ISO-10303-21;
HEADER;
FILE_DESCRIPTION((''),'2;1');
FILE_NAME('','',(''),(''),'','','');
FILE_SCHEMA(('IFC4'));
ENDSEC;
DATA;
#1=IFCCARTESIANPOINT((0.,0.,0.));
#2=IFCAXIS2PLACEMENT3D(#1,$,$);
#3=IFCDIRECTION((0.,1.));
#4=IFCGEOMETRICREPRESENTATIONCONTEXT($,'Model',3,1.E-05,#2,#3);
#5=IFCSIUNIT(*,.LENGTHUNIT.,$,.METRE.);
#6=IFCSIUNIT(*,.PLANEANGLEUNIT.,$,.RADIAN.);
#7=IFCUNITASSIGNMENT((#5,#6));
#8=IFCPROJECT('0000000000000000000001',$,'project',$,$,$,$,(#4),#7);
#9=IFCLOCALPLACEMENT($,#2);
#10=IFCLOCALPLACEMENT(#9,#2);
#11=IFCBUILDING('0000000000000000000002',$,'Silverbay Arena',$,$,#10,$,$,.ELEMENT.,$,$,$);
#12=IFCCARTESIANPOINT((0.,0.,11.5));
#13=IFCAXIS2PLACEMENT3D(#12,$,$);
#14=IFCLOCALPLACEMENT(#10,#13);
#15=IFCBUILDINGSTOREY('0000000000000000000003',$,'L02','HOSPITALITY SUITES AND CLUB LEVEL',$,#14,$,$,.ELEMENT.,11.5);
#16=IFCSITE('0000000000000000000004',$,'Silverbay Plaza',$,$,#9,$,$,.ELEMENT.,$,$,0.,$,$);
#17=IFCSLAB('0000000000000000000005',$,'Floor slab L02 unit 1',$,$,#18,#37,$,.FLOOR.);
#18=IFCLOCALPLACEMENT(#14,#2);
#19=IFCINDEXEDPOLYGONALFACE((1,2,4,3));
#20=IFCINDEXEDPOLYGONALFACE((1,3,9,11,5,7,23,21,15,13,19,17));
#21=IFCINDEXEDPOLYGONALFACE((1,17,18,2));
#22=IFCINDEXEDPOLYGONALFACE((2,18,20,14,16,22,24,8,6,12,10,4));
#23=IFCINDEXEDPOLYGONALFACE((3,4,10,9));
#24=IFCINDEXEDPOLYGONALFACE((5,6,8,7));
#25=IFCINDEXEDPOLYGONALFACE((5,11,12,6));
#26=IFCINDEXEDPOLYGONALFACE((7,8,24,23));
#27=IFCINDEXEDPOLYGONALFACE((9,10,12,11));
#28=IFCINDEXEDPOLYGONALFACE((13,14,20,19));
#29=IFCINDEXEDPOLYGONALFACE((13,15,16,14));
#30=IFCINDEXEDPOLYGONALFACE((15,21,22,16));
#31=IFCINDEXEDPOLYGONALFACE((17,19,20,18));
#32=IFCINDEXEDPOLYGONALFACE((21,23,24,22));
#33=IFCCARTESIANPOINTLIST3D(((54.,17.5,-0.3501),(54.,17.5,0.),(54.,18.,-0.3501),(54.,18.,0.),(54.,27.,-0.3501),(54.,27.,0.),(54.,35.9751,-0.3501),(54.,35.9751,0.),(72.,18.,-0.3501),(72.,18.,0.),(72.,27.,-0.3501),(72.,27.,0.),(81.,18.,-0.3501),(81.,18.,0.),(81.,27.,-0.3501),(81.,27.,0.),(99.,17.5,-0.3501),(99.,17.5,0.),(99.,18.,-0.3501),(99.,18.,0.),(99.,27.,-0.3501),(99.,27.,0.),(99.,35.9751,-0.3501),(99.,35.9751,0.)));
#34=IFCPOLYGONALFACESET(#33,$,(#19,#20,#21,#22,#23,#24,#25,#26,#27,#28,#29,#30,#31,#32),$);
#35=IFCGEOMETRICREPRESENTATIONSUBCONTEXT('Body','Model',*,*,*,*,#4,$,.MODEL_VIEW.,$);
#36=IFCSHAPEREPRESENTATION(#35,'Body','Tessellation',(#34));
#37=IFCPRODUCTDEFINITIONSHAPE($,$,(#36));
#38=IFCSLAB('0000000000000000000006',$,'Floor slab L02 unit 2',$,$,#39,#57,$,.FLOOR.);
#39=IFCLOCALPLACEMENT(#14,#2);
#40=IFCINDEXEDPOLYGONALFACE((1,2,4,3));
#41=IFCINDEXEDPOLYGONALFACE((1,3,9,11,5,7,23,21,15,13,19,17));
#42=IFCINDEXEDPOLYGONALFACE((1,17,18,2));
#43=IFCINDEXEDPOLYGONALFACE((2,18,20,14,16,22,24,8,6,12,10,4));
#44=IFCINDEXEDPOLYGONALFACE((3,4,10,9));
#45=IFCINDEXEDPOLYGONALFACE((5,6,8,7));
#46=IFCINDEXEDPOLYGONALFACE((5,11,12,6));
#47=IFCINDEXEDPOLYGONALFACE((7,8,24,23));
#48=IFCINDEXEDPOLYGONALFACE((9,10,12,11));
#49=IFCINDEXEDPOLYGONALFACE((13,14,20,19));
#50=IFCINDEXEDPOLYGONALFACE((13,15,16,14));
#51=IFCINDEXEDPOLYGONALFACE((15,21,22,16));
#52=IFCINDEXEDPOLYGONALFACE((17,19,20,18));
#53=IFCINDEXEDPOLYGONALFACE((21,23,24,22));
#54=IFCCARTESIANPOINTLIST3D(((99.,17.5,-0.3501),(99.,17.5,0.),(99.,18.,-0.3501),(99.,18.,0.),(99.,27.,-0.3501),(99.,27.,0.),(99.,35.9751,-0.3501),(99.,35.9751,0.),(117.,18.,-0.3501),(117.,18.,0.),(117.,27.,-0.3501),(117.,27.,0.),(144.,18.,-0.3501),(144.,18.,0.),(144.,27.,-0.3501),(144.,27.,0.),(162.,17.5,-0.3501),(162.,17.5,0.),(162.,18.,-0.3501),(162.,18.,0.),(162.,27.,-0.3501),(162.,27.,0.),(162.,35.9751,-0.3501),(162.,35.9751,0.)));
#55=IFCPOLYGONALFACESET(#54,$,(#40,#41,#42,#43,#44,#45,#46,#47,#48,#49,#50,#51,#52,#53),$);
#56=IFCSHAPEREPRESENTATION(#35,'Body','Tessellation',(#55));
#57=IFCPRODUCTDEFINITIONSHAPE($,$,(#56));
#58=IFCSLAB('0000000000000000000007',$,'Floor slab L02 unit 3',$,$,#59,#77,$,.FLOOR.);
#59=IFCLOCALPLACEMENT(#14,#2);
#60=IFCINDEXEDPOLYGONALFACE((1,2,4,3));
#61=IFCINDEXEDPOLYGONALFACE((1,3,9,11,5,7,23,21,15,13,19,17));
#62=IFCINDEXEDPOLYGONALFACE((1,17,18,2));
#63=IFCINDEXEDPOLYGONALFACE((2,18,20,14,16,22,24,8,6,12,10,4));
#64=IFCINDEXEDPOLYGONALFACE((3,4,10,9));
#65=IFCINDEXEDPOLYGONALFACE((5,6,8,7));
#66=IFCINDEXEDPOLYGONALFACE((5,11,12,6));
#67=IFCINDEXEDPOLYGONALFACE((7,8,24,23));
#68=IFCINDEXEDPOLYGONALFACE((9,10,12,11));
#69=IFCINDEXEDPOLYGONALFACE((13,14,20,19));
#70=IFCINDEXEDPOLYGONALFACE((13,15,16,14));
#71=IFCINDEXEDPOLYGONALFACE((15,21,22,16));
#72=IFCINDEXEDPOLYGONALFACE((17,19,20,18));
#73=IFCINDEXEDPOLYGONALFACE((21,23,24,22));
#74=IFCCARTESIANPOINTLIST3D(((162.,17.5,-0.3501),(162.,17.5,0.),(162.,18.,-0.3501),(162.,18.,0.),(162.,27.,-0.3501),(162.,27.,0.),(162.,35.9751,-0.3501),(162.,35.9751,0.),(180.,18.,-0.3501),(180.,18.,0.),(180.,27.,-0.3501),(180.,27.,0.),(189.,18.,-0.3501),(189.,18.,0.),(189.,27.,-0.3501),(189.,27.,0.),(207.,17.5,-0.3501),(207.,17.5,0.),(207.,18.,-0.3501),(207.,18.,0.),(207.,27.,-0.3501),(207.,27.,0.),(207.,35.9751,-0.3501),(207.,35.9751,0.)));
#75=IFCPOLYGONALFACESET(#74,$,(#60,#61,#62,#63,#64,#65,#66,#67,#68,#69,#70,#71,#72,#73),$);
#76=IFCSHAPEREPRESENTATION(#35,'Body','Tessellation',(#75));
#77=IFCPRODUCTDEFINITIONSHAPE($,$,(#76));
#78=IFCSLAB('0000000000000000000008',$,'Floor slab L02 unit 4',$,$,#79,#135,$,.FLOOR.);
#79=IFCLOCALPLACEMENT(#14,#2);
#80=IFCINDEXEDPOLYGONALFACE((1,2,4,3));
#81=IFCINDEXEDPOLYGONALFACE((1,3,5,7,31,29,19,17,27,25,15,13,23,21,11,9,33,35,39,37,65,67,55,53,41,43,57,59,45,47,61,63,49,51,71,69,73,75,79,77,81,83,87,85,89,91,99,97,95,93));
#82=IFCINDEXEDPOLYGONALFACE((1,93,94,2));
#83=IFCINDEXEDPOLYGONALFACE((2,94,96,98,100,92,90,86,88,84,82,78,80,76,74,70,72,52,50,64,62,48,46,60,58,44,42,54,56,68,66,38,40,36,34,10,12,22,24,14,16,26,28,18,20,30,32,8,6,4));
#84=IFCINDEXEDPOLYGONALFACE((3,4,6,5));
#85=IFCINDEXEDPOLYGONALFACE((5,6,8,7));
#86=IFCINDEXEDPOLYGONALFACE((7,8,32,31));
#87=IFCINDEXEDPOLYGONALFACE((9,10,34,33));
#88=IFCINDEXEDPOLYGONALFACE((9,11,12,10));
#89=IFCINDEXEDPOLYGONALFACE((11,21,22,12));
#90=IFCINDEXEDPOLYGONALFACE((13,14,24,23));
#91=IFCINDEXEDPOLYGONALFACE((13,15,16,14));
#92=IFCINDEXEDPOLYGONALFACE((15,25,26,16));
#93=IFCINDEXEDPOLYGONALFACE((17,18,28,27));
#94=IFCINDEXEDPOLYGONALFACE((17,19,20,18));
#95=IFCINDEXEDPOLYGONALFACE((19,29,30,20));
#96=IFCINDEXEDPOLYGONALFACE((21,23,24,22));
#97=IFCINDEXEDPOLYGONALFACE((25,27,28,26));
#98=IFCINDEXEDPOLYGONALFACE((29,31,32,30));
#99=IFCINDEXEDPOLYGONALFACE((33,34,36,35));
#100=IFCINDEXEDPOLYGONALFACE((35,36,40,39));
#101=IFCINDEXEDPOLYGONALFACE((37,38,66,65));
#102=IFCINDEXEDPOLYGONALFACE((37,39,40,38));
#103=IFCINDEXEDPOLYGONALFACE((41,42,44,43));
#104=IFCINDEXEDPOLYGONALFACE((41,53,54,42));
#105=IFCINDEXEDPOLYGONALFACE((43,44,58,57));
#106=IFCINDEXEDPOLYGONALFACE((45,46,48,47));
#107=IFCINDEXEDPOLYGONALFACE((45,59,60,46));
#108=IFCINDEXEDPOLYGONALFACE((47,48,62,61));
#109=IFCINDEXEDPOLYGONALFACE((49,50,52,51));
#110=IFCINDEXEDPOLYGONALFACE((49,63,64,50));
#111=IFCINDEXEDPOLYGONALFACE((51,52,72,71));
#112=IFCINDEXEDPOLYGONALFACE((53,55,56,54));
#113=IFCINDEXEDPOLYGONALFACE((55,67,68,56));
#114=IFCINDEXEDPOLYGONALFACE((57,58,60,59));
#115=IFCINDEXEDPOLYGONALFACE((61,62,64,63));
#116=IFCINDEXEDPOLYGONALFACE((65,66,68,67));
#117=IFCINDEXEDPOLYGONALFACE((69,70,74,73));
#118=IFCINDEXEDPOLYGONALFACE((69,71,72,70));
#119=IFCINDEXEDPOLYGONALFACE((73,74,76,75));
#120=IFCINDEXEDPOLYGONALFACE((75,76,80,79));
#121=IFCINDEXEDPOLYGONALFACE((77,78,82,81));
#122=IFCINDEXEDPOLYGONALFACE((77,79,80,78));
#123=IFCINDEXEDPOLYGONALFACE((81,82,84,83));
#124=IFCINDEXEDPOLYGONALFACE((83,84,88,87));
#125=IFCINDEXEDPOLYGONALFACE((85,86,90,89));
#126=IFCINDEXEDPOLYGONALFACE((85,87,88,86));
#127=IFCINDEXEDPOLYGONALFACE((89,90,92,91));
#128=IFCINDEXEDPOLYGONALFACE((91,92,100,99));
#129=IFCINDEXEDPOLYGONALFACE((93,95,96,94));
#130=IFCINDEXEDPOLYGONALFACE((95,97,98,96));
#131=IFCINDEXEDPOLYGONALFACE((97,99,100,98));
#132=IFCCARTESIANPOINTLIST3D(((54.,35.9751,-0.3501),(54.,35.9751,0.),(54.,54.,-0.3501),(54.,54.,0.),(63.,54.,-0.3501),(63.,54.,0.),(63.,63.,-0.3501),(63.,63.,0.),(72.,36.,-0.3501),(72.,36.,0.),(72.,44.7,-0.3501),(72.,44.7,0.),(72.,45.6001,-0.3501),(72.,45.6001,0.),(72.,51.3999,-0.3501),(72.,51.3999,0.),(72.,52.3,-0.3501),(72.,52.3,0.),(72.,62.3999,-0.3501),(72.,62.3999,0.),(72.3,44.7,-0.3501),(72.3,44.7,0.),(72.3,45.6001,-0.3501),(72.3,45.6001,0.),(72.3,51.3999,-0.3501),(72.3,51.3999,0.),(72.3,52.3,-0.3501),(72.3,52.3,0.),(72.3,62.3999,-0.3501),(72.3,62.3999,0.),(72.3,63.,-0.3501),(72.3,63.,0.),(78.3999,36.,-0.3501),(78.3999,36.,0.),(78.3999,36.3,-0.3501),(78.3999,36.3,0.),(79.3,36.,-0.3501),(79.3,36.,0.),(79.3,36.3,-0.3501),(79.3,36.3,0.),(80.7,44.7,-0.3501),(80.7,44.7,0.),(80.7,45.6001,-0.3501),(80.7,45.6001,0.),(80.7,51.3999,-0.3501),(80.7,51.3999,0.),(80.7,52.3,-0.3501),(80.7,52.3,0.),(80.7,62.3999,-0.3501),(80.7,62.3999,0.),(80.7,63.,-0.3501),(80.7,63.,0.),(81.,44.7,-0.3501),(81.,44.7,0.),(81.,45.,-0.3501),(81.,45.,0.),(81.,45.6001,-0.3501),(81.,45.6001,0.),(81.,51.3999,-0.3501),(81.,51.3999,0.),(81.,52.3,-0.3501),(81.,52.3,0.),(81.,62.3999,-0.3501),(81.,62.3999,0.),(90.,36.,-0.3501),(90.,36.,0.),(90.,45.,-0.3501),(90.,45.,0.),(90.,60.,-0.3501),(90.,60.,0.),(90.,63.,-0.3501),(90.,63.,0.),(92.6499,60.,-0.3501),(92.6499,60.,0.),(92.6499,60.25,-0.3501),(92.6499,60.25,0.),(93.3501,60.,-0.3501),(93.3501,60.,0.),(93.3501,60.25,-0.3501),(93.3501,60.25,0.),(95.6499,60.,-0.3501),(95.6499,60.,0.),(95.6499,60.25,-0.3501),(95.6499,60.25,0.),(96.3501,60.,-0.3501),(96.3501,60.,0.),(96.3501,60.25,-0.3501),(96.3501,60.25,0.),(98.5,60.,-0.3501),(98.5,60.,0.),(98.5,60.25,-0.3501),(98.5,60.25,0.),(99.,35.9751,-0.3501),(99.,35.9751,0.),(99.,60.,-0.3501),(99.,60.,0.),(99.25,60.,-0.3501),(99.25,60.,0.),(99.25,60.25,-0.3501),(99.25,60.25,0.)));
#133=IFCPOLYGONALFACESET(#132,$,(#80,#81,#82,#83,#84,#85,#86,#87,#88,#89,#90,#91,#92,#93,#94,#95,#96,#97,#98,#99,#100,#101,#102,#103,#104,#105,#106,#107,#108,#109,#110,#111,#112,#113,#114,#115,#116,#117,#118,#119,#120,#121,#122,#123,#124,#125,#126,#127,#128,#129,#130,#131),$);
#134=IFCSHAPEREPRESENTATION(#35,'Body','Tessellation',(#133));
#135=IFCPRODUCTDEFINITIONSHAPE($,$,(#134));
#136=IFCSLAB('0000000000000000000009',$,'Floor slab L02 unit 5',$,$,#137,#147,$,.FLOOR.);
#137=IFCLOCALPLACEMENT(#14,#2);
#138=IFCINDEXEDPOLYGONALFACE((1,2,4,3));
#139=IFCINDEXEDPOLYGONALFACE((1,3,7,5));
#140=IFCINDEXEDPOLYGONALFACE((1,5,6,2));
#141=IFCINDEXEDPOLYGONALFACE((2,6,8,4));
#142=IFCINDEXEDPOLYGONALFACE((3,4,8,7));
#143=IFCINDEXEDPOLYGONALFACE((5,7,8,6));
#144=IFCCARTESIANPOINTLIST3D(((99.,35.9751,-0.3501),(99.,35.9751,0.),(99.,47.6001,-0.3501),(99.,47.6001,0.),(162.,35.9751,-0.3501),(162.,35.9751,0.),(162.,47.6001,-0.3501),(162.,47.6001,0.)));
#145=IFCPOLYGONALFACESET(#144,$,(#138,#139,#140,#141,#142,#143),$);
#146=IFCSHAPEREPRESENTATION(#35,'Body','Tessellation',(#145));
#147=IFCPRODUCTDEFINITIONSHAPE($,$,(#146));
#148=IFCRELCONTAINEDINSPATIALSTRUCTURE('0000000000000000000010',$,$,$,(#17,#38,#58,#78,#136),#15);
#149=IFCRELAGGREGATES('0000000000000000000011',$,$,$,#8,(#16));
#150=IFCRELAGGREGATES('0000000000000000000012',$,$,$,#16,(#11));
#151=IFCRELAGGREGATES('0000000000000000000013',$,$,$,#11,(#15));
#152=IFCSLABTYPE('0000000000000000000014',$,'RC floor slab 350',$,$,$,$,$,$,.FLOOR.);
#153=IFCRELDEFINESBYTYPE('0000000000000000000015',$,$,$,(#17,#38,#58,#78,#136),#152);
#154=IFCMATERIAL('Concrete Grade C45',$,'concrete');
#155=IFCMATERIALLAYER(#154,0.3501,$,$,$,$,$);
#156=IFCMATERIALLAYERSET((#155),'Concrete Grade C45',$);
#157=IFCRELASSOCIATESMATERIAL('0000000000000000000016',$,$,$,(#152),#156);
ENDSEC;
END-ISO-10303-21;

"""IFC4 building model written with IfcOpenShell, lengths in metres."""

from ifc_helpers import new_model, si_unit, direction, frame, origin, place, context, subcontext, project, spatial, polyline, outline, extrude, material, layer, layer_set, type_object, element, save


model = new_model("IFC4")

# Units and contexts
model_context = context("Model", 3, precision=1e-05, world=origin(), true_north=direction((0.0, 1.0)))
body_context = subcontext(model_context, "Body", "Model", "MODEL_VIEW")
ifc_project = project(units=[si_unit("LENGTHUNIT", "METRE"), si_unit("PLANEANGLEUNIT", "RADIAN")], contexts=[model_context])

# Site, building, storey
site_placement = place(None, origin())
site = spatial("IfcSite", under=ifc_project, at=site_placement, Name="Silverbay Plaza", CompositionType="ELEMENT", RefElevation=0.0)
building_placement = place(site_placement, origin())
building = spatial("IfcBuilding", under=site, at=building_placement, Name="Silverbay Arena", CompositionType="ELEMENT")
storey_placement = place(building_placement, frame((0.0, 0.0, 11.5)))
storey = spatial("IfcBuildingStorey", under=building, at=storey_placement, Name="L02", Description="HOSPITALITY SUITES AND CLUB LEVEL", CompositionType="ELEMENT", Elevation=11.5)

# Slabs
ifc_material_1 = material(Name="Concrete Grade C45", Category="concrete")
ifc_layer_1 = layer(ifc_material_1, 0.3501)
ifc_layer_set_1 = layer_set([ifc_layer_1], Name="Concrete Grade C45")
slab_type_1 = type_object("IfcSlabType", Name="RC floor slab 350", PredefinedType="FLOOR", material=ifc_layer_set_1)
slab_1_placement = place(storey_placement, frame((0.0, 0.0, -0.3501)))
element("IfcSlab", 1, at=slab_1_placement, inside=storey, type_object=slab_type_1, Name="Floor slab L02 unit 1", PredefinedType="FLOOR", context=body_context, shape_type="SweptSolid", body=[
    extrude(outline(polyline([(81.0, 18.0), (99.0, 18.0), (99.0, 17.5), (54.0, 17.5), (54.0, 18.0), (72.0, 18.0), (72.0, 27.0), (54.0, 27.0), (54.0, 35.9751), (99.0, 35.9751), (99.0, 27.0), (81.0, 27.0), (81.0, 18.0)])), origin(), (0.0, 0.0, 1.0), 0.3501),
])
slab_2_placement = place(storey_placement, frame((0.0, 0.0, -0.3501)))
element("IfcSlab", 2, at=slab_2_placement, inside=storey, type_object=slab_type_1, Name="Floor slab L02 unit 2", PredefinedType="FLOOR", context=body_context, shape_type="SweptSolid", body=[
    extrude(outline(polyline([(144.0, 27.0), (144.0, 18.0), (162.0, 18.0), (162.0, 17.5), (99.0, 17.5), (99.0, 18.0), (117.0, 18.0), (117.0, 27.0), (99.0, 27.0), (99.0, 35.9751), (162.0, 35.9751), (162.0, 27.0), (144.0, 27.0)])), origin(), (0.0, 0.0, 1.0), 0.3501),
])
slab_3_placement = place(storey_placement, frame((0.0, 0.0, -0.3501)))
element("IfcSlab", 3, at=slab_3_placement, inside=storey, type_object=slab_type_1, Name="Floor slab L02 unit 3", PredefinedType="FLOOR", context=body_context, shape_type="SweptSolid", body=[
    extrude(outline(polyline([(180.0, 27.0), (162.0, 27.0), (162.0, 35.9751), (207.0, 35.9751), (207.0, 27.0), (189.0, 27.0), (189.0, 18.0), (207.0, 18.0), (207.0, 17.5), (162.0, 17.5), (162.0, 18.0), (180.0, 18.0), (180.0, 27.0)])), origin(), (0.0, 0.0, 1.0), 0.3501),
])
slab_4_placement = place(storey_placement, frame((0.0, 0.0, -0.3501)))
element("IfcSlab", 4, at=slab_4_placement, inside=storey, type_object=slab_type_1, Name="Floor slab L02 unit 4", PredefinedType="FLOOR", context=body_context, shape_type="SweptSolid", body=[
    extrude(outline(polyline([(78.3999, 36.3), (79.3, 36.3), (79.3, 36.0), (90.0, 36.0), (90.0, 45.0), (81.0, 45.0), (81.0, 44.7), (80.7, 44.7), (80.7, 45.6001), (81.0, 45.6001), (81.0, 51.3999), (80.7, 51.3999), (80.7, 52.3), (81.0, 52.3), (81.0, 62.3999), (80.7, 62.3999), (80.7, 63.0), (90.0, 63.0), (90.0, 60.0), (92.6499, 60.0), (92.6499, 60.25), (93.3501, 60.25), (93.3501, 60.0), (95.6499, 60.0), (95.6499, 60.25), (96.3501, 60.25), (96.3501, 60.0), (98.5, 60.0), (98.5, 60.25), (99.25, 60.25), (99.25, 60.0), (99.0, 60.0), (99.0, 35.9751), (54.0, 35.9751), (54.0, 54.0), (63.0, 54.0), (63.0, 63.0), (72.3, 63.0), (72.3, 62.3999), (72.0, 62.3999), (72.0, 52.3), (72.3, 52.3), (72.3, 51.3999), (72.0, 51.3999), (72.0, 45.6001), (72.3, 45.6001), (72.3, 44.7), (72.0, 44.7), (72.0, 36.0), (78.3999, 36.0), (78.3999, 36.3)])), origin(), (0.0, 0.0, 1.0), 0.3501),
])
slab_5_placement = place(storey_placement, frame((0.0, 0.0, -0.3501)))
element("IfcSlab", 5, at=slab_5_placement, inside=storey, type_object=slab_type_1, Name="Floor slab L02 unit 5", PredefinedType="FLOOR", context=body_context, shape_type="SweptSolid", body=[
    extrude(outline(polyline([(99.0, 35.9751), (99.0, 47.6001), (162.0, 47.6001), (162.0, 35.9751), (99.0, 35.9751)])), origin(), (0.0, 0.0, 1.0), 0.3501),
])

save(model, "model.ifc")
